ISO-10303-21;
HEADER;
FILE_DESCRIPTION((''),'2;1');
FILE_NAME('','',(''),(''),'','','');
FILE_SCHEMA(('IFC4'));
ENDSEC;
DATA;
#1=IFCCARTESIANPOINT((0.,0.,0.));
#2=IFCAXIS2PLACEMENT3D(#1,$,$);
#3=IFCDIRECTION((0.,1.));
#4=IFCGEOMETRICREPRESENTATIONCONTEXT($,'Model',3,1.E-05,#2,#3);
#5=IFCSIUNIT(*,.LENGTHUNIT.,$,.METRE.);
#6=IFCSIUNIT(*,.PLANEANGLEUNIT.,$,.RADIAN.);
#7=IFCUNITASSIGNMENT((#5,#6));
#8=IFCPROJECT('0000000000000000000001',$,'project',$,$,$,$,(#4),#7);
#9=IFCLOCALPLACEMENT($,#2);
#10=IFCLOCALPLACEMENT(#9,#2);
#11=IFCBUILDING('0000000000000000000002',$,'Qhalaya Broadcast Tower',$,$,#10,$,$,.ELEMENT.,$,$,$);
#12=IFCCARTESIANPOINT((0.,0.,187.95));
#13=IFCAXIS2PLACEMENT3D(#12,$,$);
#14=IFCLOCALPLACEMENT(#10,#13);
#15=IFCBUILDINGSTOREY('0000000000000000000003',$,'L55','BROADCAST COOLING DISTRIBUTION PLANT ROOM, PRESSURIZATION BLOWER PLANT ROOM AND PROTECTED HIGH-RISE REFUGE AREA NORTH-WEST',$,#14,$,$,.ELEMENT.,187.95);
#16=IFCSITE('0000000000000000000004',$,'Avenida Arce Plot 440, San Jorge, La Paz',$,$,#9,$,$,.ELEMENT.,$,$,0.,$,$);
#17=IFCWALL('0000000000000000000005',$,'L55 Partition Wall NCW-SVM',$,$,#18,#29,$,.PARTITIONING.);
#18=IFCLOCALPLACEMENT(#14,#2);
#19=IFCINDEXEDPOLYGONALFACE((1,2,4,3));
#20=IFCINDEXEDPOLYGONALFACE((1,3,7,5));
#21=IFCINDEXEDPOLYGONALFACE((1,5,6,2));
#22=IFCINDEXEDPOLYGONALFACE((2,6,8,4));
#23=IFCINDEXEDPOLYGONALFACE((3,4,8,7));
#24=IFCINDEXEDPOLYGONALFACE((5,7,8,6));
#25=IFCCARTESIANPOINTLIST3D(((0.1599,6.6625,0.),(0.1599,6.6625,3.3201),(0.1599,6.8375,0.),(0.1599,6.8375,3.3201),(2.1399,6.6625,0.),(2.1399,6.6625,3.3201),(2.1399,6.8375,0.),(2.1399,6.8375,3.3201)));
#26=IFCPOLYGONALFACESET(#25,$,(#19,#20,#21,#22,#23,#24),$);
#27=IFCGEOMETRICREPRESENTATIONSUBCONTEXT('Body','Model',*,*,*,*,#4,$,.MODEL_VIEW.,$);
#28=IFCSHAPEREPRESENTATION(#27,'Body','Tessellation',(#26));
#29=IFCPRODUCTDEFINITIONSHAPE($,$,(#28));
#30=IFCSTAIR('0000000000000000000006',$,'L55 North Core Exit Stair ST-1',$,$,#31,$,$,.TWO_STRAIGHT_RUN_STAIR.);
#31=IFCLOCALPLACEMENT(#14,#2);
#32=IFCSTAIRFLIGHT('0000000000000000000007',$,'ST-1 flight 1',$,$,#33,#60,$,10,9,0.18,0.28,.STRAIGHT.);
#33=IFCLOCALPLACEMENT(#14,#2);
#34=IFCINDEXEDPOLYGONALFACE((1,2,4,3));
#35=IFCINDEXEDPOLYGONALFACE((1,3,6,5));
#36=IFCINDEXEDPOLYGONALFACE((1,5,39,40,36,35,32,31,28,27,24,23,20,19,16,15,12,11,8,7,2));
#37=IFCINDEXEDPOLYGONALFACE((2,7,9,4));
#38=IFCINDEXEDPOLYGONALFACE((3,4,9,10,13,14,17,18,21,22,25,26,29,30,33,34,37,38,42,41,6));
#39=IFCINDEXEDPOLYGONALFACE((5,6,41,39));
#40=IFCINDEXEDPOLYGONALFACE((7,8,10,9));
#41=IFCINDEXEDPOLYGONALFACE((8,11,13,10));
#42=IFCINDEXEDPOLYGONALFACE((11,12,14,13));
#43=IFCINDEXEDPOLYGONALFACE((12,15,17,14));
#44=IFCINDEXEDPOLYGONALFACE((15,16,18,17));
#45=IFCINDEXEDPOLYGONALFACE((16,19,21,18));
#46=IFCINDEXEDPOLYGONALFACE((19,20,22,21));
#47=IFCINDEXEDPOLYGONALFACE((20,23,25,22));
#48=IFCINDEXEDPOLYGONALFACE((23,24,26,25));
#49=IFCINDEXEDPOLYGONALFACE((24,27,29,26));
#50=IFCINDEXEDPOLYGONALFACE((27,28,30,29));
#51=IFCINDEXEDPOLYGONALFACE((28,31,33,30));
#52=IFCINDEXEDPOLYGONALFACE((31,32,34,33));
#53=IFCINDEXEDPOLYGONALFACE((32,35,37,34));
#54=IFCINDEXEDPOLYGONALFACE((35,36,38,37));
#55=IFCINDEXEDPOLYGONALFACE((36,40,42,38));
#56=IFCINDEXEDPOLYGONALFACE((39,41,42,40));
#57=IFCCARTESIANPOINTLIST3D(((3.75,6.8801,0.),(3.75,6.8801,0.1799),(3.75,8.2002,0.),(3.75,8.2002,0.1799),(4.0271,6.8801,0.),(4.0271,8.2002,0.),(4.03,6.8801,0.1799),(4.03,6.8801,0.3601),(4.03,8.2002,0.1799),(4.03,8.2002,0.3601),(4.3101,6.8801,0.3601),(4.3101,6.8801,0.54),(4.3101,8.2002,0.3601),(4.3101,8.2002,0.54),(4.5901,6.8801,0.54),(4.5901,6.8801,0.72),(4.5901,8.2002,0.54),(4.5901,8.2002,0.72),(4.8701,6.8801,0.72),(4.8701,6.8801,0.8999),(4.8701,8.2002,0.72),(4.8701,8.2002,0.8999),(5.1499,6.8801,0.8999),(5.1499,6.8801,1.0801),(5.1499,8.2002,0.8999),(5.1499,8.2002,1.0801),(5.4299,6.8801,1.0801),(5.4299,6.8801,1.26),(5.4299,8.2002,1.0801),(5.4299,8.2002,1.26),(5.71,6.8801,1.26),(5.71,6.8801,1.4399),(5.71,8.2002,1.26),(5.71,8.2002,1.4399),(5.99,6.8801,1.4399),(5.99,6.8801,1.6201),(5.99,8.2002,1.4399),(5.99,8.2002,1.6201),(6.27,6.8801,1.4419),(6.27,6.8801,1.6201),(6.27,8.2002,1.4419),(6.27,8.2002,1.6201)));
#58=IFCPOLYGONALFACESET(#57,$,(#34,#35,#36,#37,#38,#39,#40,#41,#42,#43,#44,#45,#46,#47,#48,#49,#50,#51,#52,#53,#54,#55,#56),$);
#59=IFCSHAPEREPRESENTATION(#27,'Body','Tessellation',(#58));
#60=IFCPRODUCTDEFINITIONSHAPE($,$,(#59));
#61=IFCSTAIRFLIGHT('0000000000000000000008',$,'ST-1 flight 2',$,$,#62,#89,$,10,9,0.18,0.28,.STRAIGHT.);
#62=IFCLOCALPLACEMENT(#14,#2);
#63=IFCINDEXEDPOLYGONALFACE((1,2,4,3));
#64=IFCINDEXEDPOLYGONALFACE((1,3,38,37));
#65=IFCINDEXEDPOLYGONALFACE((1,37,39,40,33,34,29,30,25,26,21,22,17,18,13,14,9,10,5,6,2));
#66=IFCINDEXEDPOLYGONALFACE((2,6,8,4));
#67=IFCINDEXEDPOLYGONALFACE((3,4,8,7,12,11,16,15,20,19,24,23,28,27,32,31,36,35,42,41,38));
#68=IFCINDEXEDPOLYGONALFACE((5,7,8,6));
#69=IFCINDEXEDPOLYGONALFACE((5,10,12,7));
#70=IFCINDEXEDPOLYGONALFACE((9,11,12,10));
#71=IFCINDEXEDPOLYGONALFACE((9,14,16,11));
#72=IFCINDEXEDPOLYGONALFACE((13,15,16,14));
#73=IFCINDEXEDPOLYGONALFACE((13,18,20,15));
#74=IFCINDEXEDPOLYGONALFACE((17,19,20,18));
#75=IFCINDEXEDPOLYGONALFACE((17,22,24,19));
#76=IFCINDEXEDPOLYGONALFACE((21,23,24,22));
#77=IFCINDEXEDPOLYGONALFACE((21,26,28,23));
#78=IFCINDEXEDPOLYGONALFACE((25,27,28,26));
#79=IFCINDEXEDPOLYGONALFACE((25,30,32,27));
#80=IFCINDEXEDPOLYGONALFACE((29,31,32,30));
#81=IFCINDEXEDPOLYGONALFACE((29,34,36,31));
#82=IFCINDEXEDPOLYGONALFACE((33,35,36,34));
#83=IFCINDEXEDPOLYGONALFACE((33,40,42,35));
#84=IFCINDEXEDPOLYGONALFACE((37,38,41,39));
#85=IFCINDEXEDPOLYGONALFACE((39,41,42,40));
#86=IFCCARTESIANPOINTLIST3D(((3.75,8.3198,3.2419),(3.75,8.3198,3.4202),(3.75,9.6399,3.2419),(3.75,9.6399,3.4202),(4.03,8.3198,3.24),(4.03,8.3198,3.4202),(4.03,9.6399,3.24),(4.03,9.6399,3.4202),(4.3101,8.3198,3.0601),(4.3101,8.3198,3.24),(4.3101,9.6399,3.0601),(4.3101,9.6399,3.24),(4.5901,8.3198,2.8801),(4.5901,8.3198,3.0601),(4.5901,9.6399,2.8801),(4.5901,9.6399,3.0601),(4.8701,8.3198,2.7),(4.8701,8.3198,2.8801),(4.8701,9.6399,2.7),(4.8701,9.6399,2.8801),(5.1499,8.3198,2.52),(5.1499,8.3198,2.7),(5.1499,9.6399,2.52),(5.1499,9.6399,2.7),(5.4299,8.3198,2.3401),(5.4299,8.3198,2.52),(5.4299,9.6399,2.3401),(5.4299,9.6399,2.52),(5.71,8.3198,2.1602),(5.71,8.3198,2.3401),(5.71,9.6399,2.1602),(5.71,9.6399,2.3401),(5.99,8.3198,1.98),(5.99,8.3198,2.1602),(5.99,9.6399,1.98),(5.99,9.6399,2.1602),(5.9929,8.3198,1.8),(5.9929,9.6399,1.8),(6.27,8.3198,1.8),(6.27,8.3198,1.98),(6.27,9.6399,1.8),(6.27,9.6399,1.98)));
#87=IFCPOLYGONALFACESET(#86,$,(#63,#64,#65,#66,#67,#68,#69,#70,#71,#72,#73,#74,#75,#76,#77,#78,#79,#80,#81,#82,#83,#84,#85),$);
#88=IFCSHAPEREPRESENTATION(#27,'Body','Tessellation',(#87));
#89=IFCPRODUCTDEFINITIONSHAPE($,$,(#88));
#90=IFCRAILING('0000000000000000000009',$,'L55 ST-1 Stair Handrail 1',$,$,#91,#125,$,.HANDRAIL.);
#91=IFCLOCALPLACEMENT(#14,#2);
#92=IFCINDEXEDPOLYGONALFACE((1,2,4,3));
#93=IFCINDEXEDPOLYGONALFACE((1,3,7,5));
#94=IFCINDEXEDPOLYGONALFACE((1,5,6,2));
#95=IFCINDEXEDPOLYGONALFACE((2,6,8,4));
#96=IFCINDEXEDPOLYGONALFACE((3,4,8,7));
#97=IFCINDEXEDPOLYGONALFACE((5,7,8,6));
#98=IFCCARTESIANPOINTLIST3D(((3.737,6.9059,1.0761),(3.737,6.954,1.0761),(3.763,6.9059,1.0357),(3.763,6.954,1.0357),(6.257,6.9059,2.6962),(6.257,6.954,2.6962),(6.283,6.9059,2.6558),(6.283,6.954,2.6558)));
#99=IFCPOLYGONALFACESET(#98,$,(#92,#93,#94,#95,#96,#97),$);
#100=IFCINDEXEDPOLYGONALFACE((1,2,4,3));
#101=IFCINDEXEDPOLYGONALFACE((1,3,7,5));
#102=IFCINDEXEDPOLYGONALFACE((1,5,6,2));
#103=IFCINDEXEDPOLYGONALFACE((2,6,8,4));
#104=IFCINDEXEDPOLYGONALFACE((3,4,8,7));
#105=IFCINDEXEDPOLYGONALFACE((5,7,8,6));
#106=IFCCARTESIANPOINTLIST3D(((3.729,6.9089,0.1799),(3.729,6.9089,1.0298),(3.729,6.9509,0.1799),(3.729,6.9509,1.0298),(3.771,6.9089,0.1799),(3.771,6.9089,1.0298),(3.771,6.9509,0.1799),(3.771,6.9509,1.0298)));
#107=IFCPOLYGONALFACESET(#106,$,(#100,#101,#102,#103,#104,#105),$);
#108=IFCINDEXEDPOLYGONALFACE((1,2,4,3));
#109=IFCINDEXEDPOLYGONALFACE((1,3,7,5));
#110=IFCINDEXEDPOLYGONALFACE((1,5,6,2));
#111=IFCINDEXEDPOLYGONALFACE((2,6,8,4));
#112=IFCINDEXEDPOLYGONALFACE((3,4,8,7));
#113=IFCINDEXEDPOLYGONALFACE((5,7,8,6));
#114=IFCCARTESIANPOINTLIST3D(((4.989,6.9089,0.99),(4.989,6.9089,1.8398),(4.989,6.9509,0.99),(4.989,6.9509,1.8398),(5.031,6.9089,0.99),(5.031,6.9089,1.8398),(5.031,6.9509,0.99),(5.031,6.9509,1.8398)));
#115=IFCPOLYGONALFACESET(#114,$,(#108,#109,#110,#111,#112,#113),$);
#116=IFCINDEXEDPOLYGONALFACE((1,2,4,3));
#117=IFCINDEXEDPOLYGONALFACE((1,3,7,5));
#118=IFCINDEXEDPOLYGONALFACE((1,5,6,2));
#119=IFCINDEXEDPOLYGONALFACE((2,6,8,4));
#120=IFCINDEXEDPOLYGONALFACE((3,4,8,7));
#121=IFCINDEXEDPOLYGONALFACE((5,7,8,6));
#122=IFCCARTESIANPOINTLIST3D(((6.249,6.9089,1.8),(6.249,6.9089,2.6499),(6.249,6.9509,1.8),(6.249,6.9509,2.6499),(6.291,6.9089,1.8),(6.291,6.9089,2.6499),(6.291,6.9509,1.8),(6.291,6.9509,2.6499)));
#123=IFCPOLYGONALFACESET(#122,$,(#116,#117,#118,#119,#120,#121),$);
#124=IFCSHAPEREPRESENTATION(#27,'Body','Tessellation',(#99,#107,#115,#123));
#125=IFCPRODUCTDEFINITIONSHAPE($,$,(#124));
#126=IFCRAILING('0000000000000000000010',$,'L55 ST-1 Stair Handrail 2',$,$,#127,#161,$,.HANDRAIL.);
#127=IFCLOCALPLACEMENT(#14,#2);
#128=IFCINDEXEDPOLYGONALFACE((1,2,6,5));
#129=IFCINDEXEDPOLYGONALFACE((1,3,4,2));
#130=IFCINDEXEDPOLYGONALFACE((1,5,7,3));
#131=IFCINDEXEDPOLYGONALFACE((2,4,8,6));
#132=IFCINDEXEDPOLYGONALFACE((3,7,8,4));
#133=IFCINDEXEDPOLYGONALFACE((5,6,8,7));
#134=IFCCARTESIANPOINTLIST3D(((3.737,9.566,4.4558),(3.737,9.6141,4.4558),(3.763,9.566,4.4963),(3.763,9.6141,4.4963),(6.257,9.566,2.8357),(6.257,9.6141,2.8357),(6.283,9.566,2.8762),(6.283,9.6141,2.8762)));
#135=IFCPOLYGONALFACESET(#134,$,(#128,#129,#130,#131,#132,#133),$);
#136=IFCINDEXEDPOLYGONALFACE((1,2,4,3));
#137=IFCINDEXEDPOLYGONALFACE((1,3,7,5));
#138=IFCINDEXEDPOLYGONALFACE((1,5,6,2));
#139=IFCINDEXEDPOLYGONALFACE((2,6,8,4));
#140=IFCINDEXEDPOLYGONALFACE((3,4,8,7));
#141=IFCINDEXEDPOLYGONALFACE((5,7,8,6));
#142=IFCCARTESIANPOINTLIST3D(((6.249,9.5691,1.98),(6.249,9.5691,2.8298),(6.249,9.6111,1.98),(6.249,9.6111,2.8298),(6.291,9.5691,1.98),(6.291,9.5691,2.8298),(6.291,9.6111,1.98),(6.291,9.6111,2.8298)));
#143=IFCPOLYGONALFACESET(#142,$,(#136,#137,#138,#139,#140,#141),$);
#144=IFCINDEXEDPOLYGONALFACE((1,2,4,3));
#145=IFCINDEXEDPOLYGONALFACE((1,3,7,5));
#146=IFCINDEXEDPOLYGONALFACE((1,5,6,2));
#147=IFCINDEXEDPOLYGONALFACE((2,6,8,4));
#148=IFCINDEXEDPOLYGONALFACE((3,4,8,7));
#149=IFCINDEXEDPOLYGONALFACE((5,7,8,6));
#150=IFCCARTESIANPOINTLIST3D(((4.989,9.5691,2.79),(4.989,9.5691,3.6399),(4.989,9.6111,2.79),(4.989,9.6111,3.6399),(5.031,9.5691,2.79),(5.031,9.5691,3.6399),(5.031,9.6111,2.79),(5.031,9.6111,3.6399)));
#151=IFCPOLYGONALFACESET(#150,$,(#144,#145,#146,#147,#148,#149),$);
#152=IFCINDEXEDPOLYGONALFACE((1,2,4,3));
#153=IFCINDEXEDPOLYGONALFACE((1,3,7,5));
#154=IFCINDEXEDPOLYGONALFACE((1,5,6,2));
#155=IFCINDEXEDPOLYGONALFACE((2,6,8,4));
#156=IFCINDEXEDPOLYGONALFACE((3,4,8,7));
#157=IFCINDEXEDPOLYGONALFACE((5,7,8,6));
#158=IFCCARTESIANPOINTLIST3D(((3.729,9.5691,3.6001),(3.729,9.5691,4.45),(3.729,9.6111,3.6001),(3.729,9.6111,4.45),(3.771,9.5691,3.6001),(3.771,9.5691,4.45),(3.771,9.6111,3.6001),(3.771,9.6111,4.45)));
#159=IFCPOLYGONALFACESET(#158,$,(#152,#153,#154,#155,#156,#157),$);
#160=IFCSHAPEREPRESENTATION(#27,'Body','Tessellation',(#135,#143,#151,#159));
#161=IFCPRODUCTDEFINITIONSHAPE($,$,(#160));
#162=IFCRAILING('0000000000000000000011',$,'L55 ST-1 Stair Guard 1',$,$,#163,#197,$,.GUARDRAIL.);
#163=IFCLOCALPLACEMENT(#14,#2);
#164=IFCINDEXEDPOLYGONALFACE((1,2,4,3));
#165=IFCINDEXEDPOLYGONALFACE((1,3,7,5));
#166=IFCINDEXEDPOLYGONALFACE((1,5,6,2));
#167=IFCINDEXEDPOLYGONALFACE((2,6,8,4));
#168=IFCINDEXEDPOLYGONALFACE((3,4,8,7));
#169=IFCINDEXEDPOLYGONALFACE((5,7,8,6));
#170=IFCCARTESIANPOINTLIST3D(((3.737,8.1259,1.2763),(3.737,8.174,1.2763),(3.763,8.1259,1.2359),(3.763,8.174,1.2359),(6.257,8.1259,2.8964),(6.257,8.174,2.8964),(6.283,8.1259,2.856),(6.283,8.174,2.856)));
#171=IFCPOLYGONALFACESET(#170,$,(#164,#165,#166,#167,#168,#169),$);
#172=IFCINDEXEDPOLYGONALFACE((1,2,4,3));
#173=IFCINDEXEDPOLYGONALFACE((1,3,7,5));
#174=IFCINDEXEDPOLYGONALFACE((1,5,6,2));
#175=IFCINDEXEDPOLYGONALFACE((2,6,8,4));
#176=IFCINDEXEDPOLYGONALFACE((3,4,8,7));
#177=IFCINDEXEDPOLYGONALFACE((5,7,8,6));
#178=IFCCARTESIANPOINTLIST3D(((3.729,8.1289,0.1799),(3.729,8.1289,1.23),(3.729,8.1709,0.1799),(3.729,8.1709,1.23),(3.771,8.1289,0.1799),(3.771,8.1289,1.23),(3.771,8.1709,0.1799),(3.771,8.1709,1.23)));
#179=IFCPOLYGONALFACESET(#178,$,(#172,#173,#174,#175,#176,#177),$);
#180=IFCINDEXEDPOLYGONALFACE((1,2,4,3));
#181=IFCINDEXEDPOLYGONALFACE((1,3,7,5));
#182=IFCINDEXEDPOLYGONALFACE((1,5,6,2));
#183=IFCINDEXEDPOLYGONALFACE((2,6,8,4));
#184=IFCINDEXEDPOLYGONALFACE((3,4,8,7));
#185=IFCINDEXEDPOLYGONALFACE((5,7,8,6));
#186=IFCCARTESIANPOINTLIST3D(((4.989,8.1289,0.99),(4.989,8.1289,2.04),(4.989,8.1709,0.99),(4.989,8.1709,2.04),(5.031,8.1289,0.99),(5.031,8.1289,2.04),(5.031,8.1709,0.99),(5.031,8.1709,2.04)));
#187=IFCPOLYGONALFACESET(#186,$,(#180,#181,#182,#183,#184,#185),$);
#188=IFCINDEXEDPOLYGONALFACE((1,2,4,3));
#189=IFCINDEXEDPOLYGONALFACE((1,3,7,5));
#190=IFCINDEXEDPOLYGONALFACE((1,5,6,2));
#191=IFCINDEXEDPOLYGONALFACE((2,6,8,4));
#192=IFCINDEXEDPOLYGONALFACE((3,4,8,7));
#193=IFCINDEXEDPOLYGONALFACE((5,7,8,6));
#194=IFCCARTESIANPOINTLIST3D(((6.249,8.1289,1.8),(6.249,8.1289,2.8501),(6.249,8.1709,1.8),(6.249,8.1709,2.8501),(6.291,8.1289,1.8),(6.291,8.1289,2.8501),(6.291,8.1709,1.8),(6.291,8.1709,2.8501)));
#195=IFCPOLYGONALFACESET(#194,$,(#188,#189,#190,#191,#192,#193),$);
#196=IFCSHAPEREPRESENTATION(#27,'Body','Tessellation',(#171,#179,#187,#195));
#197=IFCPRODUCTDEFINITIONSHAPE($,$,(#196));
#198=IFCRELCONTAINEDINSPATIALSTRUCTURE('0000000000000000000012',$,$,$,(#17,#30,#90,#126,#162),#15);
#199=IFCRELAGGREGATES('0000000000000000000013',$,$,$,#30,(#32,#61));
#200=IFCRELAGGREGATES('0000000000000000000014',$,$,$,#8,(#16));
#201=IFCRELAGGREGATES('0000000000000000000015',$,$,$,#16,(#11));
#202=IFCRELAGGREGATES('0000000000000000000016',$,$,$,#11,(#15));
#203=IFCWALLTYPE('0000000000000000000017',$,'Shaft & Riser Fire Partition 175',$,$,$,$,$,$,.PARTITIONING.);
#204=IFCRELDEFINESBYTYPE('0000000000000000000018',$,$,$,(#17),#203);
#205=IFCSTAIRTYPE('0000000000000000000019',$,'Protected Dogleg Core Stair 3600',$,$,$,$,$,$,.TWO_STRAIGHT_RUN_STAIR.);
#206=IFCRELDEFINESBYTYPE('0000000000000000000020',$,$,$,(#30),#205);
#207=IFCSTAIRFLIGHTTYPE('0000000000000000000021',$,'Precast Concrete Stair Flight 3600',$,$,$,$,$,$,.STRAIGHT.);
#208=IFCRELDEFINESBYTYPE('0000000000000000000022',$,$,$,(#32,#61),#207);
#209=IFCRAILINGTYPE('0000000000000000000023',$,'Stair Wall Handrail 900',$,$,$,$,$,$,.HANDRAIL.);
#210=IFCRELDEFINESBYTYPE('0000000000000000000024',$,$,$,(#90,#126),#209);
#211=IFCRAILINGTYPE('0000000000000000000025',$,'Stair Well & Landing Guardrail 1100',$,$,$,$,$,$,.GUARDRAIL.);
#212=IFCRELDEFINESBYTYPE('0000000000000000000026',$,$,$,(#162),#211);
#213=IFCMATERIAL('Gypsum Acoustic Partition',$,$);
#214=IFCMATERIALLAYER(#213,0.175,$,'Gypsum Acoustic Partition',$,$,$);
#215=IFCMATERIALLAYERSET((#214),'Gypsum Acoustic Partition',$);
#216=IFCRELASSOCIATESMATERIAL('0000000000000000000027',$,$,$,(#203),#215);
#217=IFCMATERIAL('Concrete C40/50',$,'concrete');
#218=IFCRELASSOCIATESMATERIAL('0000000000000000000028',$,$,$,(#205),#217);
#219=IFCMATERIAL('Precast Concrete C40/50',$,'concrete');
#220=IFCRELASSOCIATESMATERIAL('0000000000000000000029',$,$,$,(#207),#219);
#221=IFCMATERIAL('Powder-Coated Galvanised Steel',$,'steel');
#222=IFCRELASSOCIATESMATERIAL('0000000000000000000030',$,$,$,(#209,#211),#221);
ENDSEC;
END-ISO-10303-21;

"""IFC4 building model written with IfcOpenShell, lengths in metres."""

from ifc_helpers import new_model, si_unit, direction, frame, frame_2d, origin, origin_2d, place, context, subcontext, project, spatial, polyline, rectangle, outline, extrude, material, layer, layer_set, type_object, element, aggregate, save


model = new_model("IFC4")

# Units and contexts
model_context = context("Model", 3, precision=1e-05, world=origin(), true_north=direction((0.0, 1.0)))
body_context = subcontext(model_context, "Body", "Model", "MODEL_VIEW")
ifc_project = project(units=[si_unit("LENGTHUNIT", "METRE"), si_unit("PLANEANGLEUNIT", "RADIAN")], contexts=[model_context])

# Site, building, storey
site_placement = place(None, origin())
site = spatial("IfcSite", under=ifc_project, at=site_placement, Name="Avenida Arce Plot 440, San Jorge, La Paz", CompositionType="ELEMENT", RefElevation=0.0)
building_placement = place(site_placement, origin())
building = spatial("IfcBuilding", under=site, at=building_placement, Name="Qhalaya Broadcast Tower", CompositionType="ELEMENT")
storey_placement = place(building_placement, frame((0.0, 0.0, 187.95)))
storey = spatial("IfcBuildingStorey", under=building, at=storey_placement, Name="L55", Description="BROADCAST COOLING DISTRIBUTION PLANT ROOM, PRESSURIZATION BLOWER PLANT ROOM AND PROTECTED HIGH-RISE REFUGE AREA NORTH-WEST", CompositionType="ELEMENT", Elevation=187.95)

# Shared definitions
ifc_material_1 = material(Name="Gypsum Acoustic Partition")
ifc_layer_1 = layer(ifc_material_1, 0.175, Name="Gypsum Acoustic Partition")
ifc_layer_set_1 = layer_set([ifc_layer_1], Name="Gypsum Acoustic Partition")
wall_type_1 = type_object("IfcWallType", Name="Shaft & Riser Fire Partition 175", PredefinedType="PARTITIONING", material=ifc_layer_set_1)

# Wall
wall_1_placement = place(storey_placement, frame((0.1599, 6.75, 0.0), z_axis=(0.0, 0.0, 1.0), x_axis=(1.0, 0.0, 0.0)))
element("IfcWall", 1, at=wall_1_placement, inside=storey, type_object=wall_type_1, Name="L55 Partition Wall NCW-SVM", PredefinedType="PARTITIONING", context=body_context, shape_type="SweptSolid", body=[
    extrude(rectangle(XDim=1.98, YDim=0.175, at=frame_2d((0.99, 0.0))), origin(), (0.0, 0.0, 1.0), 3.3201),
])

# Stair, stair flights
ifc_material_2 = material(Name="Concrete C40/50", Category="concrete")
stair_type = type_object("IfcStairType", Name="Protected Dogleg Core Stair 3600", PredefinedType="TWO_STRAIGHT_RUN_STAIR", material=ifc_material_2)
stair_placement = place(storey_placement, origin())
stair = element("IfcStair", 2, at=stair_placement, inside=storey, type_object=stair_type, Name="L55 North Core Exit Stair ST-1", PredefinedType="TWO_STRAIGHT_RUN_STAIR")
ifc_material_3 = material(Name="Precast Concrete C40/50", Category="concrete")
stair_flight_type = type_object("IfcStairFlightType", Name="Precast Concrete Stair Flight 3600", PredefinedType="STRAIGHT", material=ifc_material_3)
stair_flight_1_placement = place(storey_placement, frame((3.75, 7.54, 0.0), z_axis=(0.0, 0.0, 1.0), x_axis=(1.0, 0.0, 0.0)))
stair_flight_1 = element("IfcStairFlight", 3, at=stair_flight_1_placement, type_object=stair_flight_type, Name="ST-1 flight 1", NumberOfRisers=10, NumberOfTreads=9, PredefinedType="STRAIGHT", RiserHeight=0.18, TreadLength=0.28, context=body_context, shape_type="SweptSolid", body=[
    extrude(outline(polyline([(0.0, 0.0), (0.0, 0.1799), (0.28, 0.1799), (0.28, 0.3601), (0.5601, 0.3601), (0.5601, 0.54), (0.8401, 0.54), (0.8401, 0.72), (1.1201, 0.72), (1.1201, 0.8999), (1.3999, 0.8999), (1.3999, 1.0801), (1.6799, 1.0801), (1.6799, 1.26), (1.96, 1.26), (1.96, 1.4399), (2.24, 1.4399), (2.24, 1.6201), (2.52, 1.6201), (2.52, 1.8), (2.52, 1.4419), (0.2771, 0.0), (0.0, 0.0)])), frame((0.0, 0.6602, 0.0), z_axis=(0.0, -1.0, 0.0), x_axis=(1.0, 0.0, 0.0)), (0.0, 0.0, 1.0), 1.3201),
])
stair_flight_2_placement = place(storey_placement, frame((6.27, 8.98, 1.8), z_axis=(0.0, 0.0, 1.0), x_axis=(-1.0, 0.0, 0.0)))
stair_flight_2 = element("IfcStairFlight", 4, at=stair_flight_2_placement, type_object=stair_flight_type, Name="ST-1 flight 2", NumberOfRisers=10, NumberOfTreads=9, PredefinedType="STRAIGHT", RiserHeight=0.18, TreadLength=0.28, context=body_context, shape_type="SweptSolid", body=[
    extrude(outline(polyline([(0.0, 0.0), (0.0, 0.1799), (0.28, 0.1799), (0.28, 0.3601), (0.5601, 0.3601), (0.5601, 0.54), (0.8401, 0.54), (0.8401, 0.72), (1.1201, 0.72), (1.1201, 0.8999), (1.3999, 0.8999), (1.3999, 1.0801), (1.6799, 1.0801), (1.6799, 1.26), (1.96, 1.26), (1.96, 1.4399), (2.24, 1.4399), (2.24, 1.6201), (2.52, 1.6201), (2.52, 1.8), (2.52, 1.4419), (0.2771, 0.0), (0.0, 0.0)])), frame((0.0, 0.6602, 0.0), z_axis=(0.0, -1.0, 0.0), x_axis=(1.0, 0.0, 0.0)), (0.0, 0.0, 1.0), 1.3201),
])
aggregate(stair, [stair_flight_1, stair_flight_2])

# Railings
ifc_material_4 = material(Name="Powder-Coated Galvanised Steel", Category="steel")
railing_type_1 = type_object("IfcRailingType", Name="Stair Wall Handrail 900", PredefinedType="HANDRAIL", material=ifc_material_4)
railing_1_placement = place(storey_placement, frame((3.75, 6.9299, 0.1799)))
element("IfcRailing", 5, at=railing_1_placement, inside=storey, type_object=railing_type_1, Name="L55 ST-1 Stair Handrail 1", PredefinedType="HANDRAIL", context=body_context, shape_type="SweptSolid", body=[
    extrude(rectangle(XDim=0.0481, YDim=0.0481, at=origin_2d()), frame((0.0, 0.0, 0.876), z_axis=(0.841163, 0.0, 0.540782), x_axis=(0.0, 1.0, 0.0)), (0.0, 0.0, 1.0), 2.9958),
    extrude(rectangle(XDim=0.042, YDim=0.042, at=origin_2d()), origin(), (0.0, 0.0, 1.0), 0.8499),
    extrude(rectangle(XDim=0.042, YDim=0.042, at=origin_2d()), frame((1.26, 0.0, 0.8101)), (0.0, 0.0, 1.0), 0.8499),
    extrude(rectangle(XDim=0.042, YDim=0.042, at=origin_2d()), frame((2.52, 0.0, 1.6201)), (0.0, 0.0, 1.0), 0.8499),
])
railing_2_placement = place(storey_placement, frame((6.27, 9.5901, 1.98)))
element("IfcRailing", 6, at=railing_2_placement, inside=storey, type_object=railing_type_1, Name="L55 ST-1 Stair Handrail 2", PredefinedType="HANDRAIL", context=body_context, shape_type="SweptSolid", body=[
    extrude(rectangle(XDim=0.0481, YDim=0.0481, at=origin_2d()), frame((0.0, 0.0, 0.876), z_axis=(-0.841163, 0.0, 0.540782), x_axis=(0.0, -1.0, 0.0)), (0.0, 0.0, 1.0), 2.9958),
    extrude(rectangle(XDim=0.042, YDim=0.042, at=origin_2d()), origin(), (0.0, 0.0, 1.0), 0.8499),
    extrude(rectangle(XDim=0.042, YDim=0.042, at=origin_2d()), frame((-1.26, 0.0, 0.8101)), (0.0, 0.0, 1.0), 0.8499),
    extrude(rectangle(XDim=0.042, YDim=0.042, at=origin_2d()), frame((-2.52, 0.0, 1.6201)), (0.0, 0.0, 1.0), 0.8499),
])
railing_type_2 = type_object("IfcRailingType", Name="Stair Well & Landing Guardrail 1100", PredefinedType="GUARDRAIL", material=ifc_material_4)
railing_3_placement = place(storey_placement, frame((3.75, 8.1499, 0.1799)))
element("IfcRailing", 7, at=railing_3_placement, inside=storey, type_object=railing_type_2, Name="L55 ST-1 Stair Guard 1", PredefinedType="GUARDRAIL", context=body_context, shape_type="SweptSolid", body=[
    extrude(rectangle(XDim=0.0481, YDim=0.0481, at=origin_2d()), frame((0.0, 0.0, 1.0762), z_axis=(0.841163, 0.0, 0.540782), x_axis=(0.0, 1.0, 0.0)), (0.0, 0.0, 1.0), 2.9958),
    extrude(rectangle(XDim=0.042, YDim=0.042, at=origin_2d()), origin(), (0.0, 0.0, 1.0), 1.05),
    extrude(rectangle(XDim=0.042, YDim=0.042, at=origin_2d()), frame((1.26, 0.0, 0.8101)), (0.0, 0.0, 1.0), 1.05),
    extrude(rectangle(XDim=0.042, YDim=0.042, at=origin_2d()), frame((2.52, 0.0, 1.6201)), (0.0, 0.0, 1.0), 1.05),
])

save(model, "model.ifc")
